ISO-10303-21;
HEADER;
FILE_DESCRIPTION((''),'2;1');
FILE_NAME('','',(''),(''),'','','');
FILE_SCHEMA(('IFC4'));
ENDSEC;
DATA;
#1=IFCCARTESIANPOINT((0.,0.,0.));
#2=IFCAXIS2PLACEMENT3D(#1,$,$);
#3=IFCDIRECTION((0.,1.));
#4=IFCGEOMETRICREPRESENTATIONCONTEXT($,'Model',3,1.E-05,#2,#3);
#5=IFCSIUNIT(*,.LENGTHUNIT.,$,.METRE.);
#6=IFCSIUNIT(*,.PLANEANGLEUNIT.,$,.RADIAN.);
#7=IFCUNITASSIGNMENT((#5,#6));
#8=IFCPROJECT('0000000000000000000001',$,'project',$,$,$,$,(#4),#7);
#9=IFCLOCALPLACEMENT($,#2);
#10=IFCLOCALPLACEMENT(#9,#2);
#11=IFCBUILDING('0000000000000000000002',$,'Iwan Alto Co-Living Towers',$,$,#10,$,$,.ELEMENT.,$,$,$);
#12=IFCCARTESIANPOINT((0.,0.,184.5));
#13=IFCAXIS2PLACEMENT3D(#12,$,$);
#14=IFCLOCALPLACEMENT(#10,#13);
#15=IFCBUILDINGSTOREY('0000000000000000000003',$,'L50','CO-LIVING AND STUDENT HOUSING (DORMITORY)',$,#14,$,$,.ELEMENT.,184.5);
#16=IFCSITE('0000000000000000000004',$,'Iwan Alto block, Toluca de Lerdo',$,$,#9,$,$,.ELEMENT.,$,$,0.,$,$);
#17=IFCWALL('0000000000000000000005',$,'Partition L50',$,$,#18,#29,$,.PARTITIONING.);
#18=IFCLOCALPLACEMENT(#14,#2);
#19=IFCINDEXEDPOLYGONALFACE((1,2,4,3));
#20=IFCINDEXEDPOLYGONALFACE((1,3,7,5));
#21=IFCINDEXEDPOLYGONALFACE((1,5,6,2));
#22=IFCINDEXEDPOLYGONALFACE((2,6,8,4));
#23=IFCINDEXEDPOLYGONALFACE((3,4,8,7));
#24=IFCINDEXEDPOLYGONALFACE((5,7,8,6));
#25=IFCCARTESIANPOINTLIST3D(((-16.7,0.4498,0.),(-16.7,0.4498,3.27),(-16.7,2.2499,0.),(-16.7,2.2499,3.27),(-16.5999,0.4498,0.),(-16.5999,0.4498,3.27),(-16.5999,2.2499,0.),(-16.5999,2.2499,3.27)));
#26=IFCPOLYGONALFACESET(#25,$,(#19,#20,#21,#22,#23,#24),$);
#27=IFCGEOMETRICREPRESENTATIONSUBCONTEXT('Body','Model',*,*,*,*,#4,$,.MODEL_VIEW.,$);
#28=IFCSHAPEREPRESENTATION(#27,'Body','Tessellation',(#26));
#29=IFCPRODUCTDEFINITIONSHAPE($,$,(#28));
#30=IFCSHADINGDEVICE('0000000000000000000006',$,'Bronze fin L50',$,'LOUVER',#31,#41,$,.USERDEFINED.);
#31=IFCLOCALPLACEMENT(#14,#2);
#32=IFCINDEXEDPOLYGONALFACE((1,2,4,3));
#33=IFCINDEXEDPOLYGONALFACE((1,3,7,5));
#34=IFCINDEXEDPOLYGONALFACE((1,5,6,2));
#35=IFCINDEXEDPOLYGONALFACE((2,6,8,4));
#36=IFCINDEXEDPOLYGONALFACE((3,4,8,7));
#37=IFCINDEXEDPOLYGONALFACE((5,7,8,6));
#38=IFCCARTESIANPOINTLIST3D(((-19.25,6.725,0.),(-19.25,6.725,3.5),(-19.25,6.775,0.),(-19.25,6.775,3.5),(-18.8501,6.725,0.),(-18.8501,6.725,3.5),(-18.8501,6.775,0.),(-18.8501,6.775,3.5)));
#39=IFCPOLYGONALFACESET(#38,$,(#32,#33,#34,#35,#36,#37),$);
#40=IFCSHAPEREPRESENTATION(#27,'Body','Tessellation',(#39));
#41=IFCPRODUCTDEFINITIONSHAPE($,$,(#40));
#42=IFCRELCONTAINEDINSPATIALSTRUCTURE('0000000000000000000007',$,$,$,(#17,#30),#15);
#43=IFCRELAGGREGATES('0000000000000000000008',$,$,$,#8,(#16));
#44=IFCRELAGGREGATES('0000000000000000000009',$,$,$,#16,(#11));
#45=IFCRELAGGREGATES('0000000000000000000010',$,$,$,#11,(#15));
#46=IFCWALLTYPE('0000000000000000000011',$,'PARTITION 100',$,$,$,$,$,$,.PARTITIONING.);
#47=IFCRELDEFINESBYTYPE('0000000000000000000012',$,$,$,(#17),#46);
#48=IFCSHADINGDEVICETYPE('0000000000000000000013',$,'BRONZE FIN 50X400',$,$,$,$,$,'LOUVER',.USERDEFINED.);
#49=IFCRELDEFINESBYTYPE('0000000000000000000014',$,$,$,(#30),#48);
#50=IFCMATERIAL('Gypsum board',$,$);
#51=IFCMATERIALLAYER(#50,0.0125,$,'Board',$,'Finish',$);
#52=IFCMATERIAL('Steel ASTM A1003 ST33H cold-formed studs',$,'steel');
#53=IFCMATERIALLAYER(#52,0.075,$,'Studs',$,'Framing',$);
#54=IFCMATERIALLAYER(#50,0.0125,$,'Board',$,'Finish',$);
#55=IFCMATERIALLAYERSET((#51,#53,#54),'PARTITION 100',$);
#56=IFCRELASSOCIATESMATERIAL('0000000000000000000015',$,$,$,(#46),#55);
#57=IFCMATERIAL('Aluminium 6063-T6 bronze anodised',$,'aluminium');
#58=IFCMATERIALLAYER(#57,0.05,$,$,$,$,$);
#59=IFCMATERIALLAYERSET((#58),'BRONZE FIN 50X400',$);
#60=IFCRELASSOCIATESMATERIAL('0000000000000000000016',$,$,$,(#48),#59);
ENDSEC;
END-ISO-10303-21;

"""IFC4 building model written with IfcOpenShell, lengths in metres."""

from ifc_helpers import new_model, si_unit, direction, frame, frame_2d, origin, origin_2d, place, context, subcontext, project, spatial, rectangle, extrude, material, layer, layer_set, type_object, element, save


model = new_model("IFC4")

# Units and contexts
model_context = context("Model", 3, precision=1e-05, world=origin(), true_north=direction((0.0, 1.0)))
body_context = subcontext(model_context, "Body", "Model", "MODEL_VIEW")
ifc_project = project(units=[si_unit("LENGTHUNIT", "METRE"), si_unit("PLANEANGLEUNIT", "RADIAN")], contexts=[model_context])

# Site, building, storey
site_placement = place(None, origin())
site = spatial("IfcSite", under=ifc_project, at=site_placement, Name="Iwan Alto block, Toluca de Lerdo", CompositionType="ELEMENT", RefElevation=0.0)
building_placement = place(site_placement, origin())
building = spatial("IfcBuilding", under=site, at=building_placement, Name="Iwan Alto Co-Living Towers", CompositionType="ELEMENT")
storey_placement = place(building_placement, frame((0.0, 0.0, 184.5)))
storey = spatial("IfcBuildingStorey", under=building, at=storey_placement, Name="L50", Description="CO-LIVING AND STUDENT HOUSING (DORMITORY)", CompositionType="ELEMENT", Elevation=184.5)

# Shared definitions
ifc_material_1 = material(Name="Gypsum board")
ifc_layer_1 = layer(ifc_material_1, 0.0125, Name="Board", Category="Finish")
ifc_material_2 = material(Name="Steel ASTM A1003 ST33H cold-formed studs", Category="steel")
ifc_layer_2 = layer(ifc_material_2, 0.075, Name="Studs", Category="Framing")
ifc_layer_3 = layer(ifc_material_1, 0.0125, Name="Board", Category="Finish")
ifc_layer_set_1 = layer_set([ifc_layer_1, ifc_layer_2, ifc_layer_3], Name="PARTITION 100")
wall_type = type_object("IfcWallType", Name="PARTITION 100", PredefinedType="PARTITIONING", material=ifc_layer_set_1)

# Wall
wall_1_placement = place(storey_placement, frame((-16.6499, 0.45, 0.0), z_axis=(0.0, 0.0, 1.0), x_axis=(0.0, 1.0, 0.0)))
element("IfcWall", 1, at=wall_1_placement, inside=storey, type_object=wall_type, Name="Partition L50", PredefinedType="PARTITIONING", context=body_context, shape_type="SweptSolid", body=[
    extrude(rectangle(XDim=1.8, YDim=0.1001, at=frame_2d((0.8999, 0.0))), origin(), (0.0, 0.0, 1.0), 3.27),
])

# Shading device
ifc_material_3 = material(Name="Aluminium 6063-T6 bronze anodised", Category="aluminium")
ifc_layer_4 = layer(ifc_material_3, 0.05)
ifc_layer_set_2 = layer_set([ifc_layer_4], Name="BRONZE FIN 50X400")
shading_device_type = type_object("IfcShadingDeviceType", Name="BRONZE FIN 50X400", ElementType="LOUVER", PredefinedType="USERDEFINED", material=ifc_layer_set_2)
shading_device_placement = place(storey_placement, frame((-19.05, 6.75, 0.0), z_axis=(0.0, 0.0, 1.0), x_axis=(0.0, -1.0, 0.0)))
element("IfcShadingDevice", 2, at=shading_device_placement, inside=storey, type_object=shading_device_type, Name="Bronze fin L50", ObjectType="LOUVER", PredefinedType="USERDEFINED", context=body_context, shape_type="SweptSolid", body=[
    extrude(rectangle(XDim=0.05, YDim=0.3999, at=origin_2d()), origin(), (0.0, 0.0, 1.0), 3.5),
])

save(model, "model.ifc")
